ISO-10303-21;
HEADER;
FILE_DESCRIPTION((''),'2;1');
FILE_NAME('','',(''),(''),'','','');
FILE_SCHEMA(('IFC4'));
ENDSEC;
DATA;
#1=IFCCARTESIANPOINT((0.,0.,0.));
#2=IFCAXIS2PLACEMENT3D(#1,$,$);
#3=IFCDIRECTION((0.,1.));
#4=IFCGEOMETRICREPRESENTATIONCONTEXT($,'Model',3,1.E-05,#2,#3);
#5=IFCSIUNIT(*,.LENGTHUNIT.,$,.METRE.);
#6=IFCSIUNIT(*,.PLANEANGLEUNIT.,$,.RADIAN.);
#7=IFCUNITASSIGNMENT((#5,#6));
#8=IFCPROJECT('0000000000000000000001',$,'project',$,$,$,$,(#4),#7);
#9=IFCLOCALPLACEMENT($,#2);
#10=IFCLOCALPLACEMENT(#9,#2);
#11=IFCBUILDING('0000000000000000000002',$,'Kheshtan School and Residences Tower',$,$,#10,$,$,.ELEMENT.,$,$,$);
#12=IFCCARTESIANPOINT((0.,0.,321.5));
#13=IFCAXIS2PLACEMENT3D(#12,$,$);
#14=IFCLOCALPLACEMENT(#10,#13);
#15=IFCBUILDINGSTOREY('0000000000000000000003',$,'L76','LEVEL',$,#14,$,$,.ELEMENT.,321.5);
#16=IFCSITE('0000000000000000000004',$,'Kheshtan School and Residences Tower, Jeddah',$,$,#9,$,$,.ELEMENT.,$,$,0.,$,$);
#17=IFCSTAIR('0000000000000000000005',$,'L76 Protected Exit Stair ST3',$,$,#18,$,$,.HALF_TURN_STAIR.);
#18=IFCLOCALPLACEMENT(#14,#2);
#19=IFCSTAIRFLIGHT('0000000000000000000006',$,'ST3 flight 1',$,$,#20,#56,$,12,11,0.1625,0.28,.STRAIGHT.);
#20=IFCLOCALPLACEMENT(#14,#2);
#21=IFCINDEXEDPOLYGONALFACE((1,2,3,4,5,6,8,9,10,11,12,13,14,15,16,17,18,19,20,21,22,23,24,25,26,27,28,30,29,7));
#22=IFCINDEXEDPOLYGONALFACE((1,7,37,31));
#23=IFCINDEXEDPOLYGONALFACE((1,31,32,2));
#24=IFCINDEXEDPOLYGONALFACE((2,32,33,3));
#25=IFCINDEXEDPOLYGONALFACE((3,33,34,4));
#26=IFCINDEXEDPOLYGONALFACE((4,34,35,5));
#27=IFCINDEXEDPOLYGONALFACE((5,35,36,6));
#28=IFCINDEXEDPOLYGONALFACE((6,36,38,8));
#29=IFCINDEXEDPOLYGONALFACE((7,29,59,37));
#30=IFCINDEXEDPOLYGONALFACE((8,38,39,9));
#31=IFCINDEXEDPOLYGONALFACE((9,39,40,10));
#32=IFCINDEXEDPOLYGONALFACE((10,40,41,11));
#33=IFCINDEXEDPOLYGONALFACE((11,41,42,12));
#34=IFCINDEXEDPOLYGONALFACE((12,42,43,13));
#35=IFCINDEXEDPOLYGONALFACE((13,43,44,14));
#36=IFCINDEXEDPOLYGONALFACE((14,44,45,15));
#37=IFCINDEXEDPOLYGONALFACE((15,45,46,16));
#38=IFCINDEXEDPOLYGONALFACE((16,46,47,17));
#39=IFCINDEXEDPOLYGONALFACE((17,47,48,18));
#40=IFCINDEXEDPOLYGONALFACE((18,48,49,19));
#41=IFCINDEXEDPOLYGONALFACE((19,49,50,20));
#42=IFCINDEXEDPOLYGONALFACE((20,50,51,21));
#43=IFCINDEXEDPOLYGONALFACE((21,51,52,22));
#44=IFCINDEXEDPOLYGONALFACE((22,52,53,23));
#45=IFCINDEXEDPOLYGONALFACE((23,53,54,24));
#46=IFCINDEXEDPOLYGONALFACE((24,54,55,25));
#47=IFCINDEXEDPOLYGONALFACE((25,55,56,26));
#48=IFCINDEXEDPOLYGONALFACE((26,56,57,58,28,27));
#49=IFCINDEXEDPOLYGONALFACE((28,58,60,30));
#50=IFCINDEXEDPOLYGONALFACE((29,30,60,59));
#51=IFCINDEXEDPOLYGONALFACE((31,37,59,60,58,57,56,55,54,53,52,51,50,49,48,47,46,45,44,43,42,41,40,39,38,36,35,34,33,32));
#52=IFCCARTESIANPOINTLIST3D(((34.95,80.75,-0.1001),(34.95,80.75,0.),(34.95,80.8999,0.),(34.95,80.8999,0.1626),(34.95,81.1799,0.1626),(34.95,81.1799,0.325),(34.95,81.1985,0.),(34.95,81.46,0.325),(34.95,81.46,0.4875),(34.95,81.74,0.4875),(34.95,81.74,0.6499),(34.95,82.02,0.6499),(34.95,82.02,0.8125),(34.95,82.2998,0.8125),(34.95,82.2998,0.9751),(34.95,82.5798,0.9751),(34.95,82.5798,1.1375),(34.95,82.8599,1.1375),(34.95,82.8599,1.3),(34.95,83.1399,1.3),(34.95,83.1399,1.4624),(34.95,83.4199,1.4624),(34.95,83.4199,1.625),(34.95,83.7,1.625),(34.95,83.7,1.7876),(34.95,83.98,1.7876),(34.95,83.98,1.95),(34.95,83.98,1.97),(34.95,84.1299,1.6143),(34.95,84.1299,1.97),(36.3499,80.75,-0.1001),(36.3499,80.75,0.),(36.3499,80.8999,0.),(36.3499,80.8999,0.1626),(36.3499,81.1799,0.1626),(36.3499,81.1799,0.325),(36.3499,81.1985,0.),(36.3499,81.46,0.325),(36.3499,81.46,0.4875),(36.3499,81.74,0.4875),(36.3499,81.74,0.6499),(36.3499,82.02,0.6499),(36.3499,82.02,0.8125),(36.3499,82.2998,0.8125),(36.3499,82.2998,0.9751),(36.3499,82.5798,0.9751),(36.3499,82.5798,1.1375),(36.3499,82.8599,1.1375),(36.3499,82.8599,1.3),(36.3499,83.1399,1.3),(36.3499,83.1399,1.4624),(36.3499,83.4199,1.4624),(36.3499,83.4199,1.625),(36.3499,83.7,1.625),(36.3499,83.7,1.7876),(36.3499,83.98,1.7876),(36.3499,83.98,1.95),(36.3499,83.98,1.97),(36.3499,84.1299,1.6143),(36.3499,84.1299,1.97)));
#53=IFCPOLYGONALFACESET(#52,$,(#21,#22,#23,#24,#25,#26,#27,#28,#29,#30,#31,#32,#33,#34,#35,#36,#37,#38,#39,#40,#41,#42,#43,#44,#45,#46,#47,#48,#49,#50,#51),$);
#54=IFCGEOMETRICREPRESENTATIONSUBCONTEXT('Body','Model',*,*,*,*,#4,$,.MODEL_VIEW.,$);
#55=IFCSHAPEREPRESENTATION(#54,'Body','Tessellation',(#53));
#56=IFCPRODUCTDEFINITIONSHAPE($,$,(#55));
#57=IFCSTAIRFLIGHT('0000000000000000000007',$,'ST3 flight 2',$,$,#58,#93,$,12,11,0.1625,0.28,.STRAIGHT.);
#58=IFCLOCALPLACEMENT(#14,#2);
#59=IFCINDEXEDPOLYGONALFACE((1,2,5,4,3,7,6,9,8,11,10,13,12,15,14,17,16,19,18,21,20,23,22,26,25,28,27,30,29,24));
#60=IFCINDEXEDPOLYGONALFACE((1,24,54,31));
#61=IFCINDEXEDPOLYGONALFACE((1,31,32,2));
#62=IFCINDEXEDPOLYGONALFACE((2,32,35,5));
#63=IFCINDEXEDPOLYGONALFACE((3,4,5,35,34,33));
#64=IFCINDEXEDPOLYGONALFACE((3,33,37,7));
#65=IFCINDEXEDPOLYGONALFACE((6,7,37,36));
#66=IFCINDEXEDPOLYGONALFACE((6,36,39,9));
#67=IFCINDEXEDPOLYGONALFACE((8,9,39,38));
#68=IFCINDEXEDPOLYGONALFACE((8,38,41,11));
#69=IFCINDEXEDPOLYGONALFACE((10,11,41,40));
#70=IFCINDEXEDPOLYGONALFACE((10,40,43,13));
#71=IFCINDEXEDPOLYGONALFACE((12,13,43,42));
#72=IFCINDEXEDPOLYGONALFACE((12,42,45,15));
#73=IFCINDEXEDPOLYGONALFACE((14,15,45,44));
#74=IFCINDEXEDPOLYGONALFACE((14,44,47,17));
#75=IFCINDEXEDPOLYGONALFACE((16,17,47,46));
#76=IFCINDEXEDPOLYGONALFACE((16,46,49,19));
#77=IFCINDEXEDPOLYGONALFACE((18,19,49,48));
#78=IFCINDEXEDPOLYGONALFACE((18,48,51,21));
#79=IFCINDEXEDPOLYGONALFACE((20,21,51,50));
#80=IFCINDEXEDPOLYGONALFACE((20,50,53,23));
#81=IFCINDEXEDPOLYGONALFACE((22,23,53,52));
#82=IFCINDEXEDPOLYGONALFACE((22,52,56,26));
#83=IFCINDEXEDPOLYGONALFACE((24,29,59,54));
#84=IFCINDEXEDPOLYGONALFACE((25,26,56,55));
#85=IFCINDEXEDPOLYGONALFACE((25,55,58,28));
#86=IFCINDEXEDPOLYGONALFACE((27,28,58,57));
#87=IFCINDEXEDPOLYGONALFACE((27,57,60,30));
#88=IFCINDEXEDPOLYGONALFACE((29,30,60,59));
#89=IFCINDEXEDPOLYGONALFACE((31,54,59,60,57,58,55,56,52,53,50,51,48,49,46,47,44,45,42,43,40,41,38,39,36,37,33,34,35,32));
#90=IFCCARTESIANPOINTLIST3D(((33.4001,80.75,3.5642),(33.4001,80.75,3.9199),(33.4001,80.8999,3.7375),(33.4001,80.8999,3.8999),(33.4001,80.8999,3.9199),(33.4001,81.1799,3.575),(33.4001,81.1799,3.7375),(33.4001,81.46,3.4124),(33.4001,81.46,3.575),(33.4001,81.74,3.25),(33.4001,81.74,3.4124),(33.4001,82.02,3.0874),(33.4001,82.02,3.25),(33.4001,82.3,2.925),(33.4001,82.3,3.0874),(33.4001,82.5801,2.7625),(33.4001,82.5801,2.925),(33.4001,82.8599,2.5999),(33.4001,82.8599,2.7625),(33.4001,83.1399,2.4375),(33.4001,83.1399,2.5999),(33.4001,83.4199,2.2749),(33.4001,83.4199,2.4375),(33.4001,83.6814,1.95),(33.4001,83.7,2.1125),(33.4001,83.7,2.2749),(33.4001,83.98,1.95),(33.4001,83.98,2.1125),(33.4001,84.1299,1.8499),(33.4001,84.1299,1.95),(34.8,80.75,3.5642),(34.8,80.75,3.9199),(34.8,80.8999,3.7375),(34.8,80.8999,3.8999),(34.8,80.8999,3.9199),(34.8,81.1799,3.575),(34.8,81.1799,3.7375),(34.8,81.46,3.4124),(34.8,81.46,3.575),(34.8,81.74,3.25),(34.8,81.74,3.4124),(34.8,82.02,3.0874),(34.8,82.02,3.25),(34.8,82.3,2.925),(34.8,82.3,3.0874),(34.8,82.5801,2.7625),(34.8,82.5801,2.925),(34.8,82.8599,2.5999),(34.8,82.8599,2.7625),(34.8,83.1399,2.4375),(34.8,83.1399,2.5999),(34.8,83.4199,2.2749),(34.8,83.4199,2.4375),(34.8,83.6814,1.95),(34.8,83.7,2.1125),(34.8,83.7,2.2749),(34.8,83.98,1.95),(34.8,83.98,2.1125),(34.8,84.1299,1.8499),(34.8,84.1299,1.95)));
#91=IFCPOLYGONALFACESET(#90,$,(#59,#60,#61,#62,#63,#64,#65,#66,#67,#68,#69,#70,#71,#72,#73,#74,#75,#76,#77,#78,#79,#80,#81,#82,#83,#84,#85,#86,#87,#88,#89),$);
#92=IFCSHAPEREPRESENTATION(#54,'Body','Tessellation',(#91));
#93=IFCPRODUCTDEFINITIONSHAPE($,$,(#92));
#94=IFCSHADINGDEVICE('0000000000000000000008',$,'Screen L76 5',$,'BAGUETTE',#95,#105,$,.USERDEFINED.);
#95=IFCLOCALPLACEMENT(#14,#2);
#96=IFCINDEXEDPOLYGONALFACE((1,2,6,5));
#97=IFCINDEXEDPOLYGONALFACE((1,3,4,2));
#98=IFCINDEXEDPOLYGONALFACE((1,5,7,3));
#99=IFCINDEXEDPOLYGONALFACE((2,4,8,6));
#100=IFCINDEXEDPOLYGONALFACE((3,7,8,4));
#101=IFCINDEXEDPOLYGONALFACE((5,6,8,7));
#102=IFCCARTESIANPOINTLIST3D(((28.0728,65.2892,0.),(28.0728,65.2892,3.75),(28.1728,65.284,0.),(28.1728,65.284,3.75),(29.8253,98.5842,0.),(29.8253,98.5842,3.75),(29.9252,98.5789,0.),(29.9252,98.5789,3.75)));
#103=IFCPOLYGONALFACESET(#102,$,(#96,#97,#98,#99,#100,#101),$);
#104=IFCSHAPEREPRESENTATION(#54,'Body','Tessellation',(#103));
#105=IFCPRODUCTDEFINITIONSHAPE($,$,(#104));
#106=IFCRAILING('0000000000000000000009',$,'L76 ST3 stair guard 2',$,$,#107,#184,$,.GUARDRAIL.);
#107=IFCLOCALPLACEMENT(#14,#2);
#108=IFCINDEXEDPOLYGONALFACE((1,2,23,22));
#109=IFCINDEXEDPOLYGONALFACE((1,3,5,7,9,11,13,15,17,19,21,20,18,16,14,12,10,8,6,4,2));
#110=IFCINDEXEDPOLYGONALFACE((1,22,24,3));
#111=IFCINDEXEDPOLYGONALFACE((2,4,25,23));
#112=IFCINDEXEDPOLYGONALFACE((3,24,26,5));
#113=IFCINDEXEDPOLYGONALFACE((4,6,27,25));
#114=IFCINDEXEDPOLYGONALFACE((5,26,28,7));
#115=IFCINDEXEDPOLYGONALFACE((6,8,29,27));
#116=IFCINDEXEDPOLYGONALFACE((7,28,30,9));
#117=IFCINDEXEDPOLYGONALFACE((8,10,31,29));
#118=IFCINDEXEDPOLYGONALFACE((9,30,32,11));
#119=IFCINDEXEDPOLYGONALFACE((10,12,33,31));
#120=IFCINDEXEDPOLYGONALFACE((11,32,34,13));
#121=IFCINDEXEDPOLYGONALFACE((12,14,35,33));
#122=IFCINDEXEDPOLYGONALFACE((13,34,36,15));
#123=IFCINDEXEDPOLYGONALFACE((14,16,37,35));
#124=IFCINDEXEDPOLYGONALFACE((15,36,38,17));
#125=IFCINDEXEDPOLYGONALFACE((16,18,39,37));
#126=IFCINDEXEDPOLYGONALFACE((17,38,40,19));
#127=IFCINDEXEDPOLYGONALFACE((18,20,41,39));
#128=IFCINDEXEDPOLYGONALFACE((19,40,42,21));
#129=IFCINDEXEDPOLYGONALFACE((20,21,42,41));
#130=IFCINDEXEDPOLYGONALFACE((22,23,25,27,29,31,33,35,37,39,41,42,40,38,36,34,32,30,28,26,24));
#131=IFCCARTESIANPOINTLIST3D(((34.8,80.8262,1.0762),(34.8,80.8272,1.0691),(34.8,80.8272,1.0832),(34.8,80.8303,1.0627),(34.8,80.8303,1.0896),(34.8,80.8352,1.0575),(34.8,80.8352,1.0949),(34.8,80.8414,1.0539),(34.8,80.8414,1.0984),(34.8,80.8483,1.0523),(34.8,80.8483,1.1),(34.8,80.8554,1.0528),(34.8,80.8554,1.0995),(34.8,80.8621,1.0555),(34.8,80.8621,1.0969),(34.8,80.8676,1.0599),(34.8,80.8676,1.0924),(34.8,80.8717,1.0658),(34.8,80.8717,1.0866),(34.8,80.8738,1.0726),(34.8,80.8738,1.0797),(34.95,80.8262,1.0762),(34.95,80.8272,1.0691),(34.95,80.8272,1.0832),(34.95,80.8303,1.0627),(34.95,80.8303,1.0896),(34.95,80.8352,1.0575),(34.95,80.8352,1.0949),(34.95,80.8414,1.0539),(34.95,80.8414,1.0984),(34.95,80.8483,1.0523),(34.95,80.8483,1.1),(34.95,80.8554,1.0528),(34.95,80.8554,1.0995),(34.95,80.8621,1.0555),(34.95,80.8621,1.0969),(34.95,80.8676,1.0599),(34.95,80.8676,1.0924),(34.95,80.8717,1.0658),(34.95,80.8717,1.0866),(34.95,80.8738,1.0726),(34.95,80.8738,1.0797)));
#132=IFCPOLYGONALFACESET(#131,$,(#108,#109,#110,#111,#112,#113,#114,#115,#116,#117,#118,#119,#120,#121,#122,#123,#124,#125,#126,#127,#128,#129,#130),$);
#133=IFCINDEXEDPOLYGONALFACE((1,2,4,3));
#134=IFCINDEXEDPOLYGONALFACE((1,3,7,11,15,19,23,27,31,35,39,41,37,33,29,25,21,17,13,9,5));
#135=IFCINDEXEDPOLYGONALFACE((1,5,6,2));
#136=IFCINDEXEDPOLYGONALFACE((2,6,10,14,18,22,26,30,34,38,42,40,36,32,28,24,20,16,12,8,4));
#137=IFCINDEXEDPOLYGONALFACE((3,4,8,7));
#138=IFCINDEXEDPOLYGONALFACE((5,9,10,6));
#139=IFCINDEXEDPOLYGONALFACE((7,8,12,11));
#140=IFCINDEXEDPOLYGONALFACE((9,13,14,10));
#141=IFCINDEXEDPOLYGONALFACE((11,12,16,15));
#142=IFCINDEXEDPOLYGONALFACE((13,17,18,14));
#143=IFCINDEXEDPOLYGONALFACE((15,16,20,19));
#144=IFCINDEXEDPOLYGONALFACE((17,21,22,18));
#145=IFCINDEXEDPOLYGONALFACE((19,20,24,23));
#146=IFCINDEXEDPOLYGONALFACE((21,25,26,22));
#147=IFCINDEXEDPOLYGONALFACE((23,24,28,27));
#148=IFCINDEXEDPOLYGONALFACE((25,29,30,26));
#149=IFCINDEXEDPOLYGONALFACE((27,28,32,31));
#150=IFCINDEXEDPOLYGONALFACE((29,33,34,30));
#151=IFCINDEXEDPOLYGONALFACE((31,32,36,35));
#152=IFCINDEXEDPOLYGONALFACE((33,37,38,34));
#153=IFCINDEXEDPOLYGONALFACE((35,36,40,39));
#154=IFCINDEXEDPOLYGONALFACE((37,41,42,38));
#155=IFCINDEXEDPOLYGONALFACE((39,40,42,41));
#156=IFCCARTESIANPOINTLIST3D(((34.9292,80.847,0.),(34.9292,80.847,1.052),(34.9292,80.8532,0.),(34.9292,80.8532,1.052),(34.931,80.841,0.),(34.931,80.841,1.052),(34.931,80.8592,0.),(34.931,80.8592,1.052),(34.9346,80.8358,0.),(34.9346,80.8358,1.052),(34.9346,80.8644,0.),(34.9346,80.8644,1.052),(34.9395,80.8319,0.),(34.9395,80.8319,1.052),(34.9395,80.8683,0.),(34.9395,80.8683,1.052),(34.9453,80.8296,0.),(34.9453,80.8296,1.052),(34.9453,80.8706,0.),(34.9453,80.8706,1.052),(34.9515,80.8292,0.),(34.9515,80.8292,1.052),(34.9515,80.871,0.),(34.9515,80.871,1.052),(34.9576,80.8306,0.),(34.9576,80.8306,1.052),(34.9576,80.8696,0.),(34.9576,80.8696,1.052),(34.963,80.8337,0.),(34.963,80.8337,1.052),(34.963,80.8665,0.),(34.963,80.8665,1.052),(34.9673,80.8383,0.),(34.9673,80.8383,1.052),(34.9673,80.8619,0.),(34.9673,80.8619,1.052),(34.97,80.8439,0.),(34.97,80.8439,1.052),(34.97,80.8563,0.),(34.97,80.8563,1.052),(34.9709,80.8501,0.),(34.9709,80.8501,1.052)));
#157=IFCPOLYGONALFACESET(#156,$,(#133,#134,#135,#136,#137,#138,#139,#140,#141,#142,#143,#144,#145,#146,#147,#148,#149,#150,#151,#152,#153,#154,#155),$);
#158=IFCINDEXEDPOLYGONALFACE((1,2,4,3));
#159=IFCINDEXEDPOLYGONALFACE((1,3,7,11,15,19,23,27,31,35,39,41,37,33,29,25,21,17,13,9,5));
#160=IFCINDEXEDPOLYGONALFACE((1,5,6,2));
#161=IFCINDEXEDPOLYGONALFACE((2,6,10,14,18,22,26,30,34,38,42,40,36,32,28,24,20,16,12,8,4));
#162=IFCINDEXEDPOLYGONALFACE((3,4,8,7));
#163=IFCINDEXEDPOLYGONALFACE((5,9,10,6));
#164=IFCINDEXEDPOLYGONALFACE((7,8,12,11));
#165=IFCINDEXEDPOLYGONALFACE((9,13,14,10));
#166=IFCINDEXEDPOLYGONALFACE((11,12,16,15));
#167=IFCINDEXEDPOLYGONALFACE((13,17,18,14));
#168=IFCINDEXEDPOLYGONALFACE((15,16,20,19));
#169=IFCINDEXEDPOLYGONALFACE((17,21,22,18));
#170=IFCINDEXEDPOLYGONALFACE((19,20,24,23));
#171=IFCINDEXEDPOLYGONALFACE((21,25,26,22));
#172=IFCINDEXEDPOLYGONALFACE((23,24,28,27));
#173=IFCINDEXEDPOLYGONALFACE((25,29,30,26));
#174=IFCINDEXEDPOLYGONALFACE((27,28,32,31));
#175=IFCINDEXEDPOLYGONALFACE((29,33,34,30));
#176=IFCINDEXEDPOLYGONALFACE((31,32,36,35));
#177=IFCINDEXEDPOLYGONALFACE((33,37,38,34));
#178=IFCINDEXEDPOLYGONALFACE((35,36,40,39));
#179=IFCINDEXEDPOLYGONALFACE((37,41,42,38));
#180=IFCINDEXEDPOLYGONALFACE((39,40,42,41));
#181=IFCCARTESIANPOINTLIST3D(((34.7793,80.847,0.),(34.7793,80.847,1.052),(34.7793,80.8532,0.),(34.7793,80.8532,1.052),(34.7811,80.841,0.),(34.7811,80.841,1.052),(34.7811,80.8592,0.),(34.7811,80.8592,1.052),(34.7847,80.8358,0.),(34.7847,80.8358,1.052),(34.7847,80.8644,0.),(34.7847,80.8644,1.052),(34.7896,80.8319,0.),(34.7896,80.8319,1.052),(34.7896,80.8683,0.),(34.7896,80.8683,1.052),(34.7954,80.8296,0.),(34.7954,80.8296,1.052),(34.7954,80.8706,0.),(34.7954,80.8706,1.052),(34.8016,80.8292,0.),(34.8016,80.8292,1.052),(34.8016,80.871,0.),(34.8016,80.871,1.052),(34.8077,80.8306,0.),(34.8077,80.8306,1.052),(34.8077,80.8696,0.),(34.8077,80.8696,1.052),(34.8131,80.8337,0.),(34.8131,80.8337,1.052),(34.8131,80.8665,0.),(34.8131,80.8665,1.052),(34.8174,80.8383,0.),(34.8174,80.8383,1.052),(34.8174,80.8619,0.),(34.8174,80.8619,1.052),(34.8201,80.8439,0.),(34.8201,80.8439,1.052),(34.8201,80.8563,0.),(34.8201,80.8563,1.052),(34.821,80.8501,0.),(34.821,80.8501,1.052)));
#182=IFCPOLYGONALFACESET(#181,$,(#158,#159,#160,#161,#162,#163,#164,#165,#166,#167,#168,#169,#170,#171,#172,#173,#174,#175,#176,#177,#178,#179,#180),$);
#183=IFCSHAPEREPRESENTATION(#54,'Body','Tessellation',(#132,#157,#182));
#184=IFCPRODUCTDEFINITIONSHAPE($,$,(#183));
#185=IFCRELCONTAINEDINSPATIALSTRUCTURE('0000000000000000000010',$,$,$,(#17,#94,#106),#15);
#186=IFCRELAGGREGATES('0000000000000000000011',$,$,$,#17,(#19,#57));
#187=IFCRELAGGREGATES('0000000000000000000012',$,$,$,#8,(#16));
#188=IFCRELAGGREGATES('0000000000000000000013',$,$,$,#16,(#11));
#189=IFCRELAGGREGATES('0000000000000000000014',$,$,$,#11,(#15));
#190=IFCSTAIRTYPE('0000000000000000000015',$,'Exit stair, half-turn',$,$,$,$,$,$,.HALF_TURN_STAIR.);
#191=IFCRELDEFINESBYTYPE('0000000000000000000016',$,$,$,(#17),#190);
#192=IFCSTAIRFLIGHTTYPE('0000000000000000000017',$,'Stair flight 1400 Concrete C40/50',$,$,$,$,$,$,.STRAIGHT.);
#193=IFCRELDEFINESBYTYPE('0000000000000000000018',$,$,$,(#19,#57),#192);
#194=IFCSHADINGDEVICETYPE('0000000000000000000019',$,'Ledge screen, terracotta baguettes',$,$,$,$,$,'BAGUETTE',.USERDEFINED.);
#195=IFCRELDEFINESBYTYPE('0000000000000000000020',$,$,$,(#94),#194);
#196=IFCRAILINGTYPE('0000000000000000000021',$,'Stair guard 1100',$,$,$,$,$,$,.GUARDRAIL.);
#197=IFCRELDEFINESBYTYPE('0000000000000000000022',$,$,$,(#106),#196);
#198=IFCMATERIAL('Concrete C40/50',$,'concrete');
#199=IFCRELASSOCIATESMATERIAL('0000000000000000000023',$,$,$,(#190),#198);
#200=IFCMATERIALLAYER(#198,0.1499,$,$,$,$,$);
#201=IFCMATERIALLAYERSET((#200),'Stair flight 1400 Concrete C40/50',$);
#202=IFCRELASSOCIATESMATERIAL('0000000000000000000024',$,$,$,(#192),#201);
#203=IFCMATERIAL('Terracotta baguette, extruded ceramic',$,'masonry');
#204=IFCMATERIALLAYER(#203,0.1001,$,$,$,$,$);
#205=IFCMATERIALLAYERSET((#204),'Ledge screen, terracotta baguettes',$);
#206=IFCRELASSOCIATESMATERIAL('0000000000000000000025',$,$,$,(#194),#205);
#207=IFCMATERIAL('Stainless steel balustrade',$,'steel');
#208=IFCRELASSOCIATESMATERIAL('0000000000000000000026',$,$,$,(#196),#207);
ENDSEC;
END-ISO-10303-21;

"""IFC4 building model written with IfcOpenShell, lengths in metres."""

from ifc_helpers import new_model, si_unit, direction, frame, origin, origin_2d, place, context, subcontext, project, spatial, polyline, rectangle, circle, outline, extrude, material, layer, layer_set, type_object, element, aggregate, save


model = new_model("IFC4")

# Units and contexts
model_context = context("Model", 3, precision=1e-05, world=origin(), true_north=direction((0.0, 1.0)))
body_context = subcontext(model_context, "Body", "Model", "MODEL_VIEW")
ifc_project = project(units=[si_unit("LENGTHUNIT", "METRE"), si_unit("PLANEANGLEUNIT", "RADIAN")], contexts=[model_context])

# Site, building, storey
site_placement = place(None, origin())
site = spatial("IfcSite", under=ifc_project, at=site_placement, Name="Kheshtan School and Residences Tower, Jeddah", CompositionType="ELEMENT", RefElevation=0.0)
building_placement = place(site_placement, origin())
building = spatial("IfcBuilding", under=site, at=building_placement, Name="Kheshtan School and Residences Tower", CompositionType="ELEMENT")
storey_placement = place(building_placement, frame((0.0, 0.0, 321.5)))
storey = spatial("IfcBuildingStorey", under=building, at=storey_placement, Name="L76", Description="LEVEL", CompositionType="ELEMENT", Elevation=321.5)

# Shared definitions
ifc_material_1 = material(Name="Concrete C40/50", Category="concrete")

# Stair, stair flights
stair_type = type_object("IfcStairType", Name="Exit stair, half-turn", PredefinedType="HALF_TURN_STAIR", material=ifc_material_1)
stair_placement = place(storey_placement, origin())
stair = element("IfcStair", 1, at=stair_placement, inside=storey, type_object=stair_type, Name="L76 Protected Exit Stair ST3", PredefinedType="HALF_TURN_STAIR")
ifc_layer_1 = layer(ifc_material_1, 0.1499)
ifc_layer_set_1 = layer_set([ifc_layer_1], Name="Stair flight 1400 Concrete C40/50")
stair_flight_type = type_object("IfcStairFlightType", Name="Stair flight 1400 Concrete C40/50", PredefinedType="STRAIGHT", material=ifc_layer_set_1)
stair_flight_1_placement = place(storey_placement, frame((35.6499, 80.8999, 0.0), z_axis=(0.0, 0.0, 1.0), x_axis=(0.0, 1.0, 0.0)))
stair_flight_1 = element("IfcStairFlight", 2, at=stair_flight_1_placement, type_object=stair_flight_type, Name="ST3 flight 1", NumberOfRisers=12, NumberOfTreads=11, PredefinedType="STRAIGHT", RiserHeight=0.1625, TreadLength=0.28, context=body_context, shape_type="SweptSolid", body=[
    extrude(outline(polyline([(-0.1499, -0.1001), (-0.1499, 0.0), (0.0, 0.0), (0.0, 0.1626), (0.28, 0.1626), (0.28, 0.325), (0.5601, 0.325), (0.5601, 0.4875), (0.8401, 0.4875), (0.8401, 0.6499), (1.1201, 0.6499), (1.1201, 0.8125), (1.3999, 0.8125), (1.3999, 0.9751), (1.6799, 0.9751), (1.6799, 1.1375), (1.96, 1.1375), (1.96, 1.3), (2.24, 1.3), (2.24, 1.4624), (2.52, 1.4624), (2.52, 1.625), (2.8, 1.625), (2.8, 1.7876), (3.0801, 1.7876), (3.0801, 1.95), (3.0801, 1.97), (3.23, 1.97), (3.23, 1.6143), (0.2986, 0.0), (-0.1499, -0.1001)])), frame((0.0, 0.7, 0.0), z_axis=(0.0, -1.0, 0.0), x_axis=(1.0, 0.0, 0.0)), (0.0, 0.0, 1.0), 1.3999),
])
stair_flight_2_placement = place(storey_placement, frame((34.1001, 83.98, 1.95), z_axis=(0.0, 0.0, 1.0), x_axis=(0.0, -1.0, 0.0)))
stair_flight_2 = element("IfcStairFlight", 3, at=stair_flight_2_placement, type_object=stair_flight_type, Name="ST3 flight 2", NumberOfRisers=12, NumberOfTreads=11, PredefinedType="STRAIGHT", RiserHeight=0.1625, TreadLength=0.28, context=body_context, shape_type="SweptSolid", body=[
    extrude(outline(polyline([(-0.1499, -0.1001), (-0.1499, 0.0), (0.0, 0.0), (0.0, 0.1626), (0.28, 0.1626), (0.28, 0.325), (0.5601, 0.325), (0.5601, 0.4875), (0.8401, 0.4875), (0.8401, 0.6499), (1.1201, 0.6499), (1.1201, 0.8125), (1.3999, 0.8125), (1.3999, 0.9751), (1.6799, 0.9751), (1.6799, 1.1375), (1.96, 1.1375), (1.96, 1.3), (2.24, 1.3), (2.24, 1.4624), (2.52, 1.4624), (2.52, 1.625), (2.8, 1.625), (2.8, 1.7876), (3.0801, 1.7876), (3.0801, 1.95), (3.0801, 1.97), (3.23, 1.97), (3.23, 1.6143), (0.2986, 0.0), (-0.1499, -0.1001)])), frame((0.0, 0.7, 0.0), z_axis=(0.0, -1.0, 0.0), x_axis=(1.0, 0.0, 0.0)), (0.0, 0.0, 1.0), 1.3999),
])
aggregate(stair, [stair_flight_1, stair_flight_2])

# Shading device
ifc_material_2 = material(Name="Terracotta baguette, extruded ceramic", Category="masonry")
ifc_layer_2 = layer(ifc_material_2, 0.1001)
ifc_layer_set_2 = layer_set([ifc_layer_2], Name="Ledge screen, terracotta baguettes")
shading_device_type = type_object("IfcShadingDeviceType", Name="Ledge screen, terracotta baguettes", ElementType="BAGUETTE", PredefinedType="USERDEFINED", material=ifc_layer_set_2)
shading_device_placement = place(storey_placement, frame((28.999, 81.9341, 0.0), z_axis=(0.0, 0.0, 1.0), x_axis=(0.052563, 0.998618, 0.0)))
element("IfcShadingDevice", 4, at=shading_device_placement, inside=storey, type_object=shading_device_type, Name="Screen L76 5", ObjectType="BAGUETTE", PredefinedType="USERDEFINED", context=body_context, shape_type="SweptSolid", body=[
    extrude(rectangle(XDim=33.3411, YDim=0.1001, at=origin_2d()), origin(), (0.0, 0.0, 1.0), 3.75),
])

# Railing
ifc_material_3 = material(Name="Stainless steel balustrade", Category="steel")
railing_type_1 = type_object("IfcRailingType", Name="Stair guard 1100", PredefinedType="GUARDRAIL", material=ifc_material_3)
railing_1_placement = place(storey_placement, frame((34.95, 80.8501, 0.0)))
element("IfcRailing", 5, at=railing_1_placement, inside=storey, type_object=railing_type_1, Name="L76 ST3 stair guard 2", PredefinedType="GUARDRAIL", context=body_context, shape_type="SweptSolid", body=[
    extrude(circle(Radius=0.0239, at=origin_2d()), frame((0.0, 0.0, 1.0762), z_axis=(-1.0, 0.0, 0.0), x_axis=(0.0, -1.0, 0.0)), (0.0, 0.0, 1.0), 0.1499),
    extrude(circle(Radius=0.021, at=origin_2d()), origin(), (0.0, 0.0, 1.0), 1.052),
    extrude(circle(Radius=0.021, at=origin_2d()), frame((-0.1499, 0.0, 0.0)), (0.0, 0.0, 1.0), 1.052),
])

save(model, "model.ifc")
